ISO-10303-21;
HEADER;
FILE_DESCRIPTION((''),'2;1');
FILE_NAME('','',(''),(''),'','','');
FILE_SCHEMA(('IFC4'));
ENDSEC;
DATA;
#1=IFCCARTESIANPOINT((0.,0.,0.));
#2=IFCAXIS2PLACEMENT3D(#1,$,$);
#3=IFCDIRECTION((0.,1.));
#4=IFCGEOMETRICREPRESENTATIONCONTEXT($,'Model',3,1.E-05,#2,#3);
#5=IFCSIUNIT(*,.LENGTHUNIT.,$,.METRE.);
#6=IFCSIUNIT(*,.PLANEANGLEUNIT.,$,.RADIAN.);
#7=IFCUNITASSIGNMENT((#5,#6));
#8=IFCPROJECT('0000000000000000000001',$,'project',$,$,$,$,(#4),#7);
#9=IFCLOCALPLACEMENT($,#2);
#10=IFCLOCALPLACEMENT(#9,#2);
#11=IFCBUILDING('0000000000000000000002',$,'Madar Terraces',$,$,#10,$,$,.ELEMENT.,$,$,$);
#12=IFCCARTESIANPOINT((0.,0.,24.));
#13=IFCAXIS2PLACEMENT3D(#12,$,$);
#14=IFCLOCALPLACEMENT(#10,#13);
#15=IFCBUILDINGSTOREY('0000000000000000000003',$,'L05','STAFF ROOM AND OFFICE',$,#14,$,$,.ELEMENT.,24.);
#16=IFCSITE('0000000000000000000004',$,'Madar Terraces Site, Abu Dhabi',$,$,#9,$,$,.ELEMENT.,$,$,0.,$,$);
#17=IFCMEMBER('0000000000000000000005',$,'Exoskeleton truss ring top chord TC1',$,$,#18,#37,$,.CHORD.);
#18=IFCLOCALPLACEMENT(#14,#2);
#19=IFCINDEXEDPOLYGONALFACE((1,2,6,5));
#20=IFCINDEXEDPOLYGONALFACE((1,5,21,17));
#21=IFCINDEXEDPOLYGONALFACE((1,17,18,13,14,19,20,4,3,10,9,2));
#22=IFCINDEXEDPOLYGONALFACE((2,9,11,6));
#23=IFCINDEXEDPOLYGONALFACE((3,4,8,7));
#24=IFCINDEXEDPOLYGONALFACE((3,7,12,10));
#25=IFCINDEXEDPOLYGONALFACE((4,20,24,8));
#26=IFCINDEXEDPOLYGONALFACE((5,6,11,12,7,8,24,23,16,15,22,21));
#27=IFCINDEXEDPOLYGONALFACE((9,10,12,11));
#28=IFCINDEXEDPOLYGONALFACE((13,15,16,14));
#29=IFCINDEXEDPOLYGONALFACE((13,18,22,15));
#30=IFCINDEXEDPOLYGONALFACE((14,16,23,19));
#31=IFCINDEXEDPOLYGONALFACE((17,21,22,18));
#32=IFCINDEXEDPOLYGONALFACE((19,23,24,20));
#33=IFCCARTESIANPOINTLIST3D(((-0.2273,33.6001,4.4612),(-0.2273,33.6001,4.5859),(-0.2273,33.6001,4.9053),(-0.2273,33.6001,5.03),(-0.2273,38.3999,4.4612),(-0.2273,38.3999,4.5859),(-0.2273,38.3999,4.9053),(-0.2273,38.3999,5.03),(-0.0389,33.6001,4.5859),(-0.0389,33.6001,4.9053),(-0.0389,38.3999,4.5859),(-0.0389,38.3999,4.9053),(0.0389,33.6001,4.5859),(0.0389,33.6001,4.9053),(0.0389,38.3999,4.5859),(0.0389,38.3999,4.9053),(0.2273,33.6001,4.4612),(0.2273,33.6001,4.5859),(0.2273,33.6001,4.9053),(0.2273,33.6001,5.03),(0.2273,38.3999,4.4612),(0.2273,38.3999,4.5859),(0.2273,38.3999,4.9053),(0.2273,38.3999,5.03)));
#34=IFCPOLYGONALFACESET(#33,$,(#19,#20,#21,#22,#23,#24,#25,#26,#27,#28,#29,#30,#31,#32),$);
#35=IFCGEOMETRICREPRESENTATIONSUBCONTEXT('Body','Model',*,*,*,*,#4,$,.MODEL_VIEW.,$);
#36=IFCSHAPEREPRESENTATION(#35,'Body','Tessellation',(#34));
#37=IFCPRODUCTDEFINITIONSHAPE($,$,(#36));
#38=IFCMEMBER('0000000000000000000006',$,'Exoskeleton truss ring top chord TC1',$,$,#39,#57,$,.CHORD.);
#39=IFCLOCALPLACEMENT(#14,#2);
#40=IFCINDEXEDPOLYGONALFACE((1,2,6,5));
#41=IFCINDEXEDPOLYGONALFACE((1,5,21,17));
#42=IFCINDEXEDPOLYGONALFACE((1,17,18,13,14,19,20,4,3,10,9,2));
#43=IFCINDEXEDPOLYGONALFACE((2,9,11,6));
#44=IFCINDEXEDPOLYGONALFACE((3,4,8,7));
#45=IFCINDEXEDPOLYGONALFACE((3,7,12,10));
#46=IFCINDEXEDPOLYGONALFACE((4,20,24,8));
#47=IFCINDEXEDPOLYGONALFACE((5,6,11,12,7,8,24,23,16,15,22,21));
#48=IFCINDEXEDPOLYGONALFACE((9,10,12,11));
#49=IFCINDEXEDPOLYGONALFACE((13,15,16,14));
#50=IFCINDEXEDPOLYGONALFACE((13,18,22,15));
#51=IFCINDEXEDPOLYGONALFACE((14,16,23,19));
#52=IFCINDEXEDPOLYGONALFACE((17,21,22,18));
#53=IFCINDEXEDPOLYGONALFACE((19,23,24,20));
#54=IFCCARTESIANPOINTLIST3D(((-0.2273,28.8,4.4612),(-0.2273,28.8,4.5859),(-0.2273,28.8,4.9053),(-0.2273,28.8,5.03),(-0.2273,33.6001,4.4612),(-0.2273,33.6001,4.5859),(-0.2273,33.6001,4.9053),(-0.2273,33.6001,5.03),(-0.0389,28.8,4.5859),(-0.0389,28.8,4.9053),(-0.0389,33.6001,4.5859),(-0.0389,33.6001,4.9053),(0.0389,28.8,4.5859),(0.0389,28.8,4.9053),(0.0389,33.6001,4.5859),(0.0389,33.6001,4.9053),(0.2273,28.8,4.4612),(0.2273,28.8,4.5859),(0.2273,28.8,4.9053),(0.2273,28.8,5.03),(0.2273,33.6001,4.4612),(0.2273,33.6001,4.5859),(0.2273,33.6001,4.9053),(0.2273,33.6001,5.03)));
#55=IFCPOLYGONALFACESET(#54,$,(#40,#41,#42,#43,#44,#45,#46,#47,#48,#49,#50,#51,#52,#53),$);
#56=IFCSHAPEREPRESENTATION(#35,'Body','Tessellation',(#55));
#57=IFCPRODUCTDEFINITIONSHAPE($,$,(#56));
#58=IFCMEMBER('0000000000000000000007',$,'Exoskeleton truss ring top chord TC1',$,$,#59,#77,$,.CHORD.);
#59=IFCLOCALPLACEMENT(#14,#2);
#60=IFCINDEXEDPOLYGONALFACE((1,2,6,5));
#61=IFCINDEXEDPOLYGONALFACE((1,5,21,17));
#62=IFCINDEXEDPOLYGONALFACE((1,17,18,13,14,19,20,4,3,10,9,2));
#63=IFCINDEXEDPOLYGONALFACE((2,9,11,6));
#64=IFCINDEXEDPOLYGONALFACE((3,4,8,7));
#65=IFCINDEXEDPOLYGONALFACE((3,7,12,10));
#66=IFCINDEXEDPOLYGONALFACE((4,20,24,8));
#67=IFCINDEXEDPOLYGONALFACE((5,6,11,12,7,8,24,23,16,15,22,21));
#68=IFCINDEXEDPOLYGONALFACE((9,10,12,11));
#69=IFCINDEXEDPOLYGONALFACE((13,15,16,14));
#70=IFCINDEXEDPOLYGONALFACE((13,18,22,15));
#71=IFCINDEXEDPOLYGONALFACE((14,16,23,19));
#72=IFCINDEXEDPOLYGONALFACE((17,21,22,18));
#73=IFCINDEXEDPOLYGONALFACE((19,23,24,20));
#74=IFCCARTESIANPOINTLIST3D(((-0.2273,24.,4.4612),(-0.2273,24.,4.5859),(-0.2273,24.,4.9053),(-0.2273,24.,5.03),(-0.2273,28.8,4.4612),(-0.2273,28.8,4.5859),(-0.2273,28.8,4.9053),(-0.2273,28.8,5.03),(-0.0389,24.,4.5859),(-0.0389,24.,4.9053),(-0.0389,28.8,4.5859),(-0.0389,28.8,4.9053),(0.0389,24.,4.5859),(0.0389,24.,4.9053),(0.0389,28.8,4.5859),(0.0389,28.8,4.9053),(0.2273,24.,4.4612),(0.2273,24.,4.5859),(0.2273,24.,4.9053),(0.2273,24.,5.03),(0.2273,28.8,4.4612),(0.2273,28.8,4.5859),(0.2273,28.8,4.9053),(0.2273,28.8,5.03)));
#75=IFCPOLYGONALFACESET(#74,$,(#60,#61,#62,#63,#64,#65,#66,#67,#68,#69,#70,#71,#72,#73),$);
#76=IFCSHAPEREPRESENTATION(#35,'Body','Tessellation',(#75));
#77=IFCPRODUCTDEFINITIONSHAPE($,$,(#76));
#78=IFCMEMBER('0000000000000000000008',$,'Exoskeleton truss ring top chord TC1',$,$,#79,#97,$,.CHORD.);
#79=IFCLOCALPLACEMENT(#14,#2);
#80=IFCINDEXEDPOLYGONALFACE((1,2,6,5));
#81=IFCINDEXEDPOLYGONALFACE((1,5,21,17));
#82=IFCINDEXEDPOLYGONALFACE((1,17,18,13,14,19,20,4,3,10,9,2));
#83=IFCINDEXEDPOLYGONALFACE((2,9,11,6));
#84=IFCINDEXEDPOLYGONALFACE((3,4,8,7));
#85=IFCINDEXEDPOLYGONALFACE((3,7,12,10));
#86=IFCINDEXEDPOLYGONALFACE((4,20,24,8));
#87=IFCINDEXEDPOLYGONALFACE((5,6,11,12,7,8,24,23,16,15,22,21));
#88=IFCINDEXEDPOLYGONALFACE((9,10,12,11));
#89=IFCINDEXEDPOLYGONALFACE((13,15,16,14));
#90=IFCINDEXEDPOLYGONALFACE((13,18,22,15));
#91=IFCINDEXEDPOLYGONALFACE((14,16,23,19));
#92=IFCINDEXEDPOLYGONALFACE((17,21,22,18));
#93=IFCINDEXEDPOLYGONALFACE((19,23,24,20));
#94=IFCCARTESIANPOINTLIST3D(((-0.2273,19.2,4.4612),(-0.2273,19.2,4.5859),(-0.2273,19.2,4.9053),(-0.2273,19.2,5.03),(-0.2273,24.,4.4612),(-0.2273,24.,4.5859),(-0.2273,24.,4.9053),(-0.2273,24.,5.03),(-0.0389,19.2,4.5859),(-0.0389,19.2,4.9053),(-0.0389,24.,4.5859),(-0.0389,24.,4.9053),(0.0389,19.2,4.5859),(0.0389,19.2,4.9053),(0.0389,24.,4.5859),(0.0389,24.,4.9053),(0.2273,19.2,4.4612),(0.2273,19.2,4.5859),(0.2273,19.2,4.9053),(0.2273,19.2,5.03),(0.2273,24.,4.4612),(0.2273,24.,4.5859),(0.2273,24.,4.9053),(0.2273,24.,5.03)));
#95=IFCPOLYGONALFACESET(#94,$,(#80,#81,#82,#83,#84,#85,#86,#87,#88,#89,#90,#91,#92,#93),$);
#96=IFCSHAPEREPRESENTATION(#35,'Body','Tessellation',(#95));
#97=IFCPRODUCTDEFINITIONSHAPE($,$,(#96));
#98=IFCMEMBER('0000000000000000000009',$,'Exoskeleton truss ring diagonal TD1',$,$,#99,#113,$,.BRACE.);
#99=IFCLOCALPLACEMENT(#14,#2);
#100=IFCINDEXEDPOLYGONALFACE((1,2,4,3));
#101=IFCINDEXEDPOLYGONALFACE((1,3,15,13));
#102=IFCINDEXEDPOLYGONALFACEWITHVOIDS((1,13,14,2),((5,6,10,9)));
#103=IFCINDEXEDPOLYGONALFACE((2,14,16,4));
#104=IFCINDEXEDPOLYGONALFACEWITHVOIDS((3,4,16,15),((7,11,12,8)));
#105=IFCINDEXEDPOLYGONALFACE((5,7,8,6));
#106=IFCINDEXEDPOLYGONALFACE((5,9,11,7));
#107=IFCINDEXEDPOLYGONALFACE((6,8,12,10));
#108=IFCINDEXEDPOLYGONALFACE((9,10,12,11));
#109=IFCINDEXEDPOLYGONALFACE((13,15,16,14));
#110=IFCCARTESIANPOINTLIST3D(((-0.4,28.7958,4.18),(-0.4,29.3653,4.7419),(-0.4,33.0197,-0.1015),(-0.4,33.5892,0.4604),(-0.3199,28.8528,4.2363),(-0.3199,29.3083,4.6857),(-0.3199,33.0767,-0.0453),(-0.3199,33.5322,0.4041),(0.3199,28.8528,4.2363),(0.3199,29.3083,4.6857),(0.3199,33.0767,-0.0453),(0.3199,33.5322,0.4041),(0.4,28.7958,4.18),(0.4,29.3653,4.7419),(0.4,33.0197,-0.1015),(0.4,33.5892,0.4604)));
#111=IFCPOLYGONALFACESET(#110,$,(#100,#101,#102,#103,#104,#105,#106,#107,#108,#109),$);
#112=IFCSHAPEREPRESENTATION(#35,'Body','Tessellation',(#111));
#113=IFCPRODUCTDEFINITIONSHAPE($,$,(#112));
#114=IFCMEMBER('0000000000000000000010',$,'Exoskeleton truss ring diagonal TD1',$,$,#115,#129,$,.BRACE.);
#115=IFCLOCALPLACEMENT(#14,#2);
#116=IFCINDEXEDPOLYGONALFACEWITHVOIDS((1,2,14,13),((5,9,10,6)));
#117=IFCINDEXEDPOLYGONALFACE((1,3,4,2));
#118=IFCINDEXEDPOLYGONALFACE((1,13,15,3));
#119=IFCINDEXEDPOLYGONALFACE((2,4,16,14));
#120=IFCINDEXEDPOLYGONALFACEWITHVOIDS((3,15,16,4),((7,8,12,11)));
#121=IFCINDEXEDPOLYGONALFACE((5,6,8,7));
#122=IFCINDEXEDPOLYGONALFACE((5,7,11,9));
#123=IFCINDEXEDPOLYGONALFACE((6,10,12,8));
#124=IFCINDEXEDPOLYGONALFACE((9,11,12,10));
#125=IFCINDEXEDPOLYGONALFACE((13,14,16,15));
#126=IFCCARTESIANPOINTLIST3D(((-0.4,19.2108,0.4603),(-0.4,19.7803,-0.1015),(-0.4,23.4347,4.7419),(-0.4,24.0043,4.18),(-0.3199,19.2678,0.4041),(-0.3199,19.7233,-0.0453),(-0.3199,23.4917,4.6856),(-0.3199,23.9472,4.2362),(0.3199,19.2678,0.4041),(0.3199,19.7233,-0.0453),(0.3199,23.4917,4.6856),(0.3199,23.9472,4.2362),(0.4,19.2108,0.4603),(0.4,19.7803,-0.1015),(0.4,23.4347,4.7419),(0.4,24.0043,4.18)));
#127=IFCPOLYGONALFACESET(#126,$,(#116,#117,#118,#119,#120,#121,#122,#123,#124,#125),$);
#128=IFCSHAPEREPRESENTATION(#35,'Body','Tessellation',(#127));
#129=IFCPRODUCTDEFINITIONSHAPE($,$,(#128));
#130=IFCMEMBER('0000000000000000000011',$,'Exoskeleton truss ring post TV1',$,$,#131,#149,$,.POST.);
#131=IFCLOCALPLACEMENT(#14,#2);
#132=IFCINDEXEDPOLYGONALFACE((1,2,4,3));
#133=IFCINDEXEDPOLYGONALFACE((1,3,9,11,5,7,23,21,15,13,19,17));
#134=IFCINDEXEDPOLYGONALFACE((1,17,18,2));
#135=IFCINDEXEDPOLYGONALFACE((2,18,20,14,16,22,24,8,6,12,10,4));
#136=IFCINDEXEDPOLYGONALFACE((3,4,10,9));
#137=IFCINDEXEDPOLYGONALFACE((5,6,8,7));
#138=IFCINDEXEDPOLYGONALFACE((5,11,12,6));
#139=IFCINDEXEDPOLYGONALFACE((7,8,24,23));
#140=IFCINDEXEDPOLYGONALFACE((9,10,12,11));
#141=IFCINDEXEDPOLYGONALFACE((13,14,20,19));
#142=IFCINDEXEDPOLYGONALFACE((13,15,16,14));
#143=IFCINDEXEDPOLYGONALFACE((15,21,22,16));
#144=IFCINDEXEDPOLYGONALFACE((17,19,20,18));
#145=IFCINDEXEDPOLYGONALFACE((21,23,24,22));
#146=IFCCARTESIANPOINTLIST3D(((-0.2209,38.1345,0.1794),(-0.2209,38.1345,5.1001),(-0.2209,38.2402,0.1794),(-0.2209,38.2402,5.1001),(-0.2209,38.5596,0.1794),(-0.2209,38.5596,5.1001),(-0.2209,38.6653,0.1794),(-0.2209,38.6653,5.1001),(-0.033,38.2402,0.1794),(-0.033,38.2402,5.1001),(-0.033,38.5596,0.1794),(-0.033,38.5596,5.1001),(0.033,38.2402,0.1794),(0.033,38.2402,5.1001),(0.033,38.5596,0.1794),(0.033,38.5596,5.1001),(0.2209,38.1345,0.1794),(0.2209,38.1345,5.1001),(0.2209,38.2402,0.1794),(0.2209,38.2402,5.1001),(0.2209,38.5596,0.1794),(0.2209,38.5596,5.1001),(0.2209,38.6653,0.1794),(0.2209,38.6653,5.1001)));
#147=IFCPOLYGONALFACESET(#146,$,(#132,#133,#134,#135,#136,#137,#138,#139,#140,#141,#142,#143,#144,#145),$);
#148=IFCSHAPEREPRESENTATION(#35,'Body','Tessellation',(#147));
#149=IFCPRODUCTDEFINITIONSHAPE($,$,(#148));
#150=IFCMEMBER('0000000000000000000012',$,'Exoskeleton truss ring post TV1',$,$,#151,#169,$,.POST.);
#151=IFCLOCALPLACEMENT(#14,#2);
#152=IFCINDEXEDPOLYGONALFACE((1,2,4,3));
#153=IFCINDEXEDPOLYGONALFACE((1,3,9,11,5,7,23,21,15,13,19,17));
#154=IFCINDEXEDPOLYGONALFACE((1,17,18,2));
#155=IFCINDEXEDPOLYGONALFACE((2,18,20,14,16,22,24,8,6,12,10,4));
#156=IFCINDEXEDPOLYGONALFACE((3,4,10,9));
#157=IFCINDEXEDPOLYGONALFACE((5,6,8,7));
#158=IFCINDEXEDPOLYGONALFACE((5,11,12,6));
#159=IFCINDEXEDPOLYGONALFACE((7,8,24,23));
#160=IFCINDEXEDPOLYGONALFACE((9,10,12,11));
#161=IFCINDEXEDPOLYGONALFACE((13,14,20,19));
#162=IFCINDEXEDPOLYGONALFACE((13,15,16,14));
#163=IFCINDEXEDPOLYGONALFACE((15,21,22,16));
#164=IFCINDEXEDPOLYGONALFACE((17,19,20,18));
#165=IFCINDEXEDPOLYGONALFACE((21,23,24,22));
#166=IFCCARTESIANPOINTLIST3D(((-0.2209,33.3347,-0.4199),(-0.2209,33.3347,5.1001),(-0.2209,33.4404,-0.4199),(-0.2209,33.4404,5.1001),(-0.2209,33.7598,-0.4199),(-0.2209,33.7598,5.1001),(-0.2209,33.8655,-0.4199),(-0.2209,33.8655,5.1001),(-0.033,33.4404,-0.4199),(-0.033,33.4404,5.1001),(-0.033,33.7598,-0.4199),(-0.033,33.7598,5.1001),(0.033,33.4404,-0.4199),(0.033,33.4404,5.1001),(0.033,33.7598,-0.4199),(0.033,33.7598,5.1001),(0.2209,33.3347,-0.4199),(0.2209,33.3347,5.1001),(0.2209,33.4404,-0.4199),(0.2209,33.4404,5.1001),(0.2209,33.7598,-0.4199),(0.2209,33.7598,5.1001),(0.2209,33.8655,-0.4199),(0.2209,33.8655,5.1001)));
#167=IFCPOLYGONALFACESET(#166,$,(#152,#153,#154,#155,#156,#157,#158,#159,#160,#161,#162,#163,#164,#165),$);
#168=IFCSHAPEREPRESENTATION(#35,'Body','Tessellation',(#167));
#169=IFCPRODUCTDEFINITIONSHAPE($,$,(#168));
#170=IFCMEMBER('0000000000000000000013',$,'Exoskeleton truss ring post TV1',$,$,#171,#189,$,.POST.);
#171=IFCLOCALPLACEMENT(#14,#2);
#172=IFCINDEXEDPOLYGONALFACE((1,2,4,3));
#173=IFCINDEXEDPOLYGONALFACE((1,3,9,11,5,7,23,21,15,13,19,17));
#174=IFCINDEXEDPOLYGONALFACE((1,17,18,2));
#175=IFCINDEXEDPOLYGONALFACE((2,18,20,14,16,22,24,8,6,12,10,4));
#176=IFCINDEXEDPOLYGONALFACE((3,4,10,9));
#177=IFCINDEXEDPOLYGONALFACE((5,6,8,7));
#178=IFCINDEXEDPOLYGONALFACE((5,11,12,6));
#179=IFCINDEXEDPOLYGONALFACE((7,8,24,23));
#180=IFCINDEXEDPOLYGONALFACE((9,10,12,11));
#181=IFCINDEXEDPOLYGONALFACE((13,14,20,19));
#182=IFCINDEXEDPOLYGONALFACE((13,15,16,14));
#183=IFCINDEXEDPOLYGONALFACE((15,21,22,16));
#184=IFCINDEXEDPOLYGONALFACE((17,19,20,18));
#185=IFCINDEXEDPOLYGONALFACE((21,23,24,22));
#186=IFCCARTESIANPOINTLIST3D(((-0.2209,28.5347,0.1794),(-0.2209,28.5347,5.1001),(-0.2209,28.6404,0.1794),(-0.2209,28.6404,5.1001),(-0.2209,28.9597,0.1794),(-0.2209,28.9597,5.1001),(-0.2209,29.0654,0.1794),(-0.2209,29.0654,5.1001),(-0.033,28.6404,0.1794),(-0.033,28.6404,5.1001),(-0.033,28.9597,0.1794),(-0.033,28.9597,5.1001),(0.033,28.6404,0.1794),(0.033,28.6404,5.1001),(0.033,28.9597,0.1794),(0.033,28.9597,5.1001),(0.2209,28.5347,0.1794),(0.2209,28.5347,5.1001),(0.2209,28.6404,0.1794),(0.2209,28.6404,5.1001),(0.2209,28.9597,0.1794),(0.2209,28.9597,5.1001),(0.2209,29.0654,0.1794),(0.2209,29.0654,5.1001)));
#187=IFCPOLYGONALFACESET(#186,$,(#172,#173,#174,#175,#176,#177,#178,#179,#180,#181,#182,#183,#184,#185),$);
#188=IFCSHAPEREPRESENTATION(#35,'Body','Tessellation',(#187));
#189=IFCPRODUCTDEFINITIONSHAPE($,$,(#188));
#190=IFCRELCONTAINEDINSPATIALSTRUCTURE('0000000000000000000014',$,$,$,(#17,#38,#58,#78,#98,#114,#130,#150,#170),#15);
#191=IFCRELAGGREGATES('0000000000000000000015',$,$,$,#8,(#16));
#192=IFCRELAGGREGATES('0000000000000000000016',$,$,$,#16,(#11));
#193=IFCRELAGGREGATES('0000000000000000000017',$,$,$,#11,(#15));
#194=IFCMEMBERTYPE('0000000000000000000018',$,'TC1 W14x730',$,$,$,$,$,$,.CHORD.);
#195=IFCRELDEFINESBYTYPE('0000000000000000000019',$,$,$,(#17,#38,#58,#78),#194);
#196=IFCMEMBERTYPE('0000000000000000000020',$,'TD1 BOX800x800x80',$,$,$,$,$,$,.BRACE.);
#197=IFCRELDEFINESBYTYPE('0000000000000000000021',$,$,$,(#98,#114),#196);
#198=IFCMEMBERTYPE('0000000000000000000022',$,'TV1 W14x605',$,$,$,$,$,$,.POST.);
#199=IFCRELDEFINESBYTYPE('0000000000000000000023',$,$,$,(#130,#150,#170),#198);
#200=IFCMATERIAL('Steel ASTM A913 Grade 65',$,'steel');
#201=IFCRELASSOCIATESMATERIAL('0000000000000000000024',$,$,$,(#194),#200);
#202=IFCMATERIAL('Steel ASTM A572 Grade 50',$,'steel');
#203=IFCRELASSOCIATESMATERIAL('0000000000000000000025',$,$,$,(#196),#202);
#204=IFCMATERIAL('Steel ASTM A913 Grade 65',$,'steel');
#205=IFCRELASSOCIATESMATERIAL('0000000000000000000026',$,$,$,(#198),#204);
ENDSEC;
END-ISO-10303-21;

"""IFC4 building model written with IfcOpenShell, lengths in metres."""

from ifc_helpers import new_model, si_unit, direction, frame, origin, origin_2d, place, context, subcontext, project, spatial, hollow_rectangle, i_section, extrude, material, material_profile, profile_set, type_object, element, save


model = new_model("IFC4")

# Units and contexts
model_context = context("Model", 3, precision=1e-05, world=origin(), true_north=direction((0.0, 1.0)))
body_context = subcontext(model_context, "Body", "Model", "MODEL_VIEW")
ifc_project = project(units=[si_unit("LENGTHUNIT", "METRE"), si_unit("PLANEANGLEUNIT", "RADIAN")], contexts=[model_context])

# Site, building, storey
site_placement = place(None, origin())
site = spatial("IfcSite", under=ifc_project, at=site_placement, Name="Madar Terraces Site, Abu Dhabi", CompositionType="ELEMENT", RefElevation=0.0)
building_placement = place(site_placement, origin())
building = spatial("IfcBuilding", under=site, at=building_placement, Name="Madar Terraces", CompositionType="ELEMENT")
storey_placement = place(building_placement, frame((0.0, 0.0, 24.0)))
storey = spatial("IfcBuildingStorey", under=building, at=storey_placement, Name="L05", Description="STAFF ROOM AND OFFICE", CompositionType="ELEMENT", Elevation=24.0)

# Members
ifc_material_1 = material(Name="Steel ASTM A913 Grade 65", Category="steel")
ifc_material_profile_1 = material_profile(ifc_material_1, i_section(OverallWidth=0.4546, OverallDepth=0.5688, WebThickness=0.0779, FlangeThickness=0.1248, at=origin_2d()), Name="W14x730")
ifc_profile_set_1 = profile_set([ifc_material_profile_1], Name="Steel ASTM A913 Grade 65")
member_type_1 = type_object("IfcMemberType", Name="TC1 W14x730", PredefinedType="CHORD", material=ifc_profile_set_1)
member_1_placement = place(storey_placement, frame((0.0, 38.3999, 4.7456), z_axis=(0.0, -1.0, 0.0), x_axis=(1.0, 0.0, 0.0)))
element("IfcMember", 1, at=member_1_placement, inside=storey, type_object=member_type_1, Name="Exoskeleton truss ring top chord TC1", PredefinedType="CHORD", context=body_context, shape_type="SweptSolid", body=[
    extrude(i_section(OverallWidth=0.4546, OverallDepth=0.5688, WebThickness=0.0779, FlangeThickness=0.1248, at=origin_2d()), origin(), (0.0, 0.0, 1.0), 4.7998),
])
for number, where, z_axis, x_axis, name in (
    (2, (0.0, 33.6001, 4.7456), (0.0, -1.0, 0.0), (1.0, 0.0, 0.0), "Exoskeleton truss ring top chord TC1"),
    (3, (0.0, 28.8, 4.7456), (0.0, -1.0, 0.0), (1.0, 0.0, 0.0), "Exoskeleton truss ring top chord TC1"),
    (4, (0.0, 24.0, 4.7456), (0.0, -1.0, 0.0), (1.0, 0.0, 0.0), "Exoskeleton truss ring top chord TC1"),
):
    element("IfcMember", number, at=place(storey_placement, frame(where, z_axis=z_axis, x_axis=x_axis)), inside=storey, type_object=member_type_1, Name=name, PredefinedType="CHORD", context=body_context, shape_type="SweptSolid", body=[
        extrude(i_section(OverallWidth=0.4546, OverallDepth=0.5688, WebThickness=0.0779, FlangeThickness=0.1248, at=origin_2d()), origin(), (0.0, 0.0, 1.0), 4.8),
    ])
ifc_material_2 = material(Name="Steel ASTM A572 Grade 50", Category="steel")
ifc_material_profile_2 = material_profile(ifc_material_2, hollow_rectangle(XDim=0.8, YDim=0.8, WallThickness=0.0801, at=origin_2d()), Name="BOX800x800x80")
ifc_profile_set_2 = profile_set([ifc_material_profile_2], Name="Steel ASTM A572 Grade 50")
member_type_2 = type_object("IfcMemberType", Name="TD1 BOX800x800x80", PredefinedType="BRACE", material=ifc_profile_set_2)
for number, where, z_axis, x_axis, name in (
    (5, (0.0, 33.3044, 0.1794), (0.0, -0.702301, 0.711881), (1.0, 0.0, 0.0), "Exoskeleton truss ring diagonal TD1"),
    (6, (0.0, 23.7195, 4.4609), (0.0, -0.702301, -0.711881), (1.0, 0.0, 0.0), "Exoskeleton truss ring diagonal TD1"),
):
    element("IfcMember", number, at=place(storey_placement, frame(where, z_axis=z_axis, x_axis=x_axis)), inside=storey, type_object=member_type_2, Name=name, PredefinedType="BRACE", context=body_context, shape_type="SweptSolid", body=[
        extrude(hollow_rectangle(XDim=0.8, YDim=0.8, WallThickness=0.0801, at=origin_2d()), origin(), (0.0, 0.0, 1.0), 6.0144),
    ])
ifc_material_3 = material(Name="Steel ASTM A913 Grade 65", Category="steel")
ifc_material_profile_3 = material_profile(ifc_material_3, i_section(OverallWidth=0.4419, OverallDepth=0.5308, WebThickness=0.0659, FlangeThickness=0.1057, at=origin_2d()), Name="W14x605")
ifc_profile_set_3 = profile_set([ifc_material_profile_3], Name="Steel ASTM A913 Grade 65")
member_type_3 = type_object("IfcMemberType", Name="TV1 W14x605", PredefinedType="POST", material=ifc_profile_set_3)
member_2_placement = place(storey_placement, frame((0.0, 38.3999, 0.1794), z_axis=(0.0, 0.0, 1.0), x_axis=(1.0, 0.0, 0.0)))
element("IfcMember", 7, at=member_2_placement, inside=storey, type_object=member_type_3, Name="Exoskeleton truss ring post TV1", PredefinedType="POST", context=body_context, shape_type="SweptSolid", body=[
    extrude(i_section(OverallWidth=0.4419, OverallDepth=0.5308, WebThickness=0.0659, FlangeThickness=0.1057, at=origin_2d()), origin(), (0.0, 0.0, 1.0), 4.9207),
])
member_3_placement = place(storey_placement, frame((0.0, 33.6001, -0.4199), z_axis=(0.0, 0.0, 1.0), x_axis=(1.0, 0.0, 0.0)))
element("IfcMember", 8, at=member_3_placement, inside=storey, type_object=member_type_3, Name="Exoskeleton truss ring post TV1", PredefinedType="POST", context=body_context, shape_type="SweptSolid", body=[
    extrude(i_section(OverallWidth=0.4419, OverallDepth=0.5308, WebThickness=0.0659, FlangeThickness=0.1057, at=origin_2d()), origin(), (0.0, 0.0, 1.0), 5.52),
])
member_4_placement = place(storey_placement, frame((0.0, 28.8, 0.1794), z_axis=(0.0, 0.0, 1.0), x_axis=(1.0, 0.0, 0.0)))
element("IfcMember", 9, at=member_4_placement, inside=storey, type_object=member_type_3, Name="Exoskeleton truss ring post TV1", PredefinedType="POST", context=body_context, shape_type="SweptSolid", body=[
    extrude(i_section(OverallWidth=0.4419, OverallDepth=0.5308, WebThickness=0.0659, FlangeThickness=0.1057, at=origin_2d()), origin(), (0.0, 0.0, 1.0), 4.9207),
])

save(model, "model.ifc")
